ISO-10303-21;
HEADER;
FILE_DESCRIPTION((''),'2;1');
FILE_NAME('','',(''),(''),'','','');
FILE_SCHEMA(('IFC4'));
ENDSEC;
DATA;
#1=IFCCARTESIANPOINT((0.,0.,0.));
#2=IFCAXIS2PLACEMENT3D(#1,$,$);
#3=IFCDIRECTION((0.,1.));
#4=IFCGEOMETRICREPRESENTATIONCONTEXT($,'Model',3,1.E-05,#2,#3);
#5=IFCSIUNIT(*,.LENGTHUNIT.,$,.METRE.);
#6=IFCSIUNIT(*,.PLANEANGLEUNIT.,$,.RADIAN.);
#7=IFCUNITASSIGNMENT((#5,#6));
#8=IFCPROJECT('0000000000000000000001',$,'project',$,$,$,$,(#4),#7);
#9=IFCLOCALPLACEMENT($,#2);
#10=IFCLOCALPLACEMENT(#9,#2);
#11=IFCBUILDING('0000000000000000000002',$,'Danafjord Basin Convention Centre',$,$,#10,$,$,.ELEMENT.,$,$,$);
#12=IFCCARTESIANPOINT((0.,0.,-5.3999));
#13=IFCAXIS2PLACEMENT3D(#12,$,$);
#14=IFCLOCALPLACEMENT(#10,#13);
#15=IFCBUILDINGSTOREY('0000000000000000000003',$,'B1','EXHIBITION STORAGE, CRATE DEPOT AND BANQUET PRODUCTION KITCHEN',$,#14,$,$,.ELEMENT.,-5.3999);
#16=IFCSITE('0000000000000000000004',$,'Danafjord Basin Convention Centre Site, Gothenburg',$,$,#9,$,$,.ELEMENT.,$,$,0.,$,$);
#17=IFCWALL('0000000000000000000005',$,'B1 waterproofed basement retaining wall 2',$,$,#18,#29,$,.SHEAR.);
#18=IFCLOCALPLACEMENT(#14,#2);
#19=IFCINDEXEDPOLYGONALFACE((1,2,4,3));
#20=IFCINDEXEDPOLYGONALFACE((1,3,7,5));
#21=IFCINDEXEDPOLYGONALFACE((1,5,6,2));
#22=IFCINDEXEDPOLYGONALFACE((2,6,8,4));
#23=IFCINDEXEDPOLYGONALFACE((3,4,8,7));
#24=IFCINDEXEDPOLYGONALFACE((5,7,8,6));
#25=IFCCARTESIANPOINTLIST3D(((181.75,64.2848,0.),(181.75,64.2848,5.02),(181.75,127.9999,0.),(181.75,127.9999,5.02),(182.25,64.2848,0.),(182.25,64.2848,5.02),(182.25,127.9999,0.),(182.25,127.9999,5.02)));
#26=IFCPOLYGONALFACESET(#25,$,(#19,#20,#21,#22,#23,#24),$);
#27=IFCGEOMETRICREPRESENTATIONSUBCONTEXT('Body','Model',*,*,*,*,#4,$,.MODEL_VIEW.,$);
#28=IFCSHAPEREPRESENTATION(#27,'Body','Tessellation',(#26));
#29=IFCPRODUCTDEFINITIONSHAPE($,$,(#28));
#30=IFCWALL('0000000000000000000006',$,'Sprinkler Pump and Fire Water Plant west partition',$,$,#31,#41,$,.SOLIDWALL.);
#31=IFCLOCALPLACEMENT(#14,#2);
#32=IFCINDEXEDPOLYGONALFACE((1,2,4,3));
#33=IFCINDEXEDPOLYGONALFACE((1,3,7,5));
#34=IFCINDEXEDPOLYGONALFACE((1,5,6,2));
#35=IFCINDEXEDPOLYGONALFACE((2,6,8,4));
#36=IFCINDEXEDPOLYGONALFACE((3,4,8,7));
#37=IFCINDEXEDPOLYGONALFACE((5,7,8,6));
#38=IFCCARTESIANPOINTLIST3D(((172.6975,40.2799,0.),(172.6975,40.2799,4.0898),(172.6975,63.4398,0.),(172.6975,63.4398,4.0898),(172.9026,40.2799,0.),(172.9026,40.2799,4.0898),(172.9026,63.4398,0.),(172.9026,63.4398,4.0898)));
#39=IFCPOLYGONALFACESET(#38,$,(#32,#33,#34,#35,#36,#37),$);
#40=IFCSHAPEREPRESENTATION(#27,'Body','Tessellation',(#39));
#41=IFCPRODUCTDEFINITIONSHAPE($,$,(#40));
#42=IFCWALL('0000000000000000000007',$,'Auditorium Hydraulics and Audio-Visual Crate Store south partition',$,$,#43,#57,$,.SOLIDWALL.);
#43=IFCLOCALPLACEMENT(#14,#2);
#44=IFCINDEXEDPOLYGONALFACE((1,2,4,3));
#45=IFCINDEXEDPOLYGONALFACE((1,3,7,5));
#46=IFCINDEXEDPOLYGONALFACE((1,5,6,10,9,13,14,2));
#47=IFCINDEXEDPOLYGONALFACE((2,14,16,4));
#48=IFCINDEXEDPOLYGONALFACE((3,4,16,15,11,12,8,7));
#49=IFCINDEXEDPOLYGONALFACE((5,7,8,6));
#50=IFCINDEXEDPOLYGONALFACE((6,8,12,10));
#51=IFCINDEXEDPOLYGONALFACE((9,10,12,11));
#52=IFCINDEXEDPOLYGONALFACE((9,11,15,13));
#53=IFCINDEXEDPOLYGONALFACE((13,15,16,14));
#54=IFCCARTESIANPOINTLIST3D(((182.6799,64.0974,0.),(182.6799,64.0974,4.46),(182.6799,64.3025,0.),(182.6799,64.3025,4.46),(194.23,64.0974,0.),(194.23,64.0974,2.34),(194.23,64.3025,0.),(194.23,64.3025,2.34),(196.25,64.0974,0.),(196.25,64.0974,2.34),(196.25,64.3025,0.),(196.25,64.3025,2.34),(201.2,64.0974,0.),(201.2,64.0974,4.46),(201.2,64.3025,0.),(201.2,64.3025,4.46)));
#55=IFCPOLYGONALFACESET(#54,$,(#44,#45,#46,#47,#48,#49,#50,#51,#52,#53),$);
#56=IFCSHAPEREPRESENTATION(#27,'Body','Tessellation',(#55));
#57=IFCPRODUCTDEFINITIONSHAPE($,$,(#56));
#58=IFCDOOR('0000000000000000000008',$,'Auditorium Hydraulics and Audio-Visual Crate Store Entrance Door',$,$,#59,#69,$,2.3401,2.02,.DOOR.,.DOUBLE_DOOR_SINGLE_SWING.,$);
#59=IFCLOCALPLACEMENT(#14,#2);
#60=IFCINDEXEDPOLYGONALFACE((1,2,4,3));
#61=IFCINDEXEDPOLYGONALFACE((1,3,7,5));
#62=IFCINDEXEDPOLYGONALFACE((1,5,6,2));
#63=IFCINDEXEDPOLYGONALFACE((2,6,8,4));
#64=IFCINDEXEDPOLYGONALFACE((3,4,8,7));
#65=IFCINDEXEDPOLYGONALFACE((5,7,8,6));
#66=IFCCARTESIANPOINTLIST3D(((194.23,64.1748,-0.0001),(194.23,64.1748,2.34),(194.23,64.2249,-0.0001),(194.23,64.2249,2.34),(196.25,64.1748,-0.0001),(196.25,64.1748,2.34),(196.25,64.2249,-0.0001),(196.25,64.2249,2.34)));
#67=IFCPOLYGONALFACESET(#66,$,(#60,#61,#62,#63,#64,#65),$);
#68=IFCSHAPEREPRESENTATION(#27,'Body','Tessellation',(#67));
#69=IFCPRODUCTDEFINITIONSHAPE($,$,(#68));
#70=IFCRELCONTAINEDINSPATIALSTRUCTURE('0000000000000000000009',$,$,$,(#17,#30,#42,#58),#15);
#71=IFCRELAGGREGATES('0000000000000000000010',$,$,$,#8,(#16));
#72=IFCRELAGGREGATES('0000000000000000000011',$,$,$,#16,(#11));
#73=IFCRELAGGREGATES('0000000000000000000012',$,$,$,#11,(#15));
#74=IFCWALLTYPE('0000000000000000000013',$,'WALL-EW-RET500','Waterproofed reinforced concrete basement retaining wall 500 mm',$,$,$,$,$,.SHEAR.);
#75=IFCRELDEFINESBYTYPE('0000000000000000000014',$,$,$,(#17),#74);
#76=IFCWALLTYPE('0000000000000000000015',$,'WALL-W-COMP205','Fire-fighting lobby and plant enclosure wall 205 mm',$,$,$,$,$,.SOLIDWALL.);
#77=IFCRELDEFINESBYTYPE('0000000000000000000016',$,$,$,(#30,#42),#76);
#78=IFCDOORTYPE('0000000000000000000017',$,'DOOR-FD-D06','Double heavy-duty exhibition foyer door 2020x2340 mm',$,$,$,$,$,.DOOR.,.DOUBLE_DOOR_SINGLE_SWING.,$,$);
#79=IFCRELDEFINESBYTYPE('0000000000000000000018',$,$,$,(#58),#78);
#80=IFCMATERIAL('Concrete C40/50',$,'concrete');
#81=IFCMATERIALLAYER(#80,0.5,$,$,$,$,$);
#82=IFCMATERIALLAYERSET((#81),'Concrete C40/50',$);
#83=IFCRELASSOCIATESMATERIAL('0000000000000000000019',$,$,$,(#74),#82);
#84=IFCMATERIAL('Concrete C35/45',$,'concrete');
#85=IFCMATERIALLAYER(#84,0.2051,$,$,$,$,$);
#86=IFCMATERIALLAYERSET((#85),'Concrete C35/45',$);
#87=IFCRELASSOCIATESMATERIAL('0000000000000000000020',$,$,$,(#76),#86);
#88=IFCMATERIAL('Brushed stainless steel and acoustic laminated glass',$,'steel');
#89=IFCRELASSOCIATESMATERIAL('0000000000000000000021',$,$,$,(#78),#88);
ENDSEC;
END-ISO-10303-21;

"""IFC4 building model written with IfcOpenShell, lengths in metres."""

from ifc_helpers import new_model, si_unit, direction, frame, frame_2d, origin, place, context, subcontext, project, spatial, rectangle, extrude, material, layer, layer_set, type_object, element, fill, save


model = new_model("IFC4")

# Units and contexts
model_context = context("Model", 3, precision=1e-05, world=origin(), true_north=direction((0.0, 1.0)))
body_context = subcontext(model_context, "Body", "Model", "MODEL_VIEW")
ifc_project = project(units=[si_unit("LENGTHUNIT", "METRE"), si_unit("PLANEANGLEUNIT", "RADIAN")], contexts=[model_context])

# Site, building, storey
site_placement = place(None, origin())
site = spatial("IfcSite", under=ifc_project, at=site_placement, Name="Danafjord Basin Convention Centre Site, Gothenburg", CompositionType="ELEMENT", RefElevation=0.0)
building_placement = place(site_placement, origin())
building = spatial("IfcBuilding", under=site, at=building_placement, Name="Danafjord Basin Convention Centre", CompositionType="ELEMENT")
storey_placement = place(building_placement, frame((0.0, 0.0, -5.3999)))
storey = spatial("IfcBuildingStorey", under=building, at=storey_placement, Name="B1", Description="EXHIBITION STORAGE, CRATE DEPOT AND BANQUET PRODUCTION KITCHEN", CompositionType="ELEMENT", Elevation=-5.3999)

# Shared definitions
ifc_material_1 = material(Name="Concrete C40/50", Category="concrete")
ifc_material_2 = material(Name="Concrete C35/45", Category="concrete")

# Walls
ifc_layer_1 = layer(ifc_material_1, 0.5)
ifc_layer_set_1 = layer_set([ifc_layer_1], Name="Concrete C40/50")
wall_type_1 = type_object("IfcWallType", Name="WALL-EW-RET500", Description="Waterproofed reinforced concrete basement retaining wall 500 mm", PredefinedType="SHEAR", material=ifc_layer_set_1)
wall_1_placement = place(storey_placement, frame((182.0, 64.2849, 0.0), z_axis=(0.0, 0.0, 1.0), x_axis=(0.0, 1.0, 0.0)))
element("IfcWall", 1, at=wall_1_placement, inside=storey, type_object=wall_type_1, Name="B1 waterproofed basement retaining wall 2", PredefinedType="SHEAR", context=body_context, shape_type="SweptSolid", body=[
    extrude(rectangle(XDim=63.7151, YDim=0.5, at=frame_2d((31.8574, 0.0))), origin(), (0.0, 0.0, 1.0), 5.02),
])
ifc_layer_2 = layer(ifc_material_2, 0.2051)
ifc_layer_set_2 = layer_set([ifc_layer_2], Name="Concrete C35/45")
wall_type_2 = type_object("IfcWallType", Name="WALL-W-COMP205", Description="Fire-fighting lobby and plant enclosure wall 205 mm", PredefinedType="SOLIDWALL", material=ifc_layer_set_2)
wall_2_placement = place(storey_placement, frame((172.8, 63.4399, 0.0), z_axis=(0.0, 0.0, 1.0), x_axis=(0.0, -1.0, 0.0)))
element("IfcWall", 2, at=wall_2_placement, inside=storey, type_object=wall_type_2, Name="Sprinkler Pump and Fire Water Plant west partition", PredefinedType="SOLIDWALL", context=body_context, shape_type="SweptSolid", body=[
    extrude(rectangle(XDim=23.1599, YDim=0.2051, at=frame_2d((11.5801, 0.0))), origin(), (0.0, 0.0, 1.0), 4.0898),
])

# Wall, opening, door
wall_3_placement = place(storey_placement, frame((182.6799, 64.2, 0.0), z_axis=(0.0, 0.0, 1.0), x_axis=(1.0, 0.0, 0.0)))
wall_3 = element("IfcWall", 3, at=wall_3_placement, inside=storey, type_object=wall_type_2, Name="Auditorium Hydraulics and Audio-Visual Crate Store south partition", PredefinedType="SOLIDWALL", context=body_context, shape_type="SweptSolid", body=[
    extrude(rectangle(XDim=18.52, YDim=0.2051, at=frame_2d((9.26, 0.0))), origin(), (0.0, 0.0, 1.0), 4.46),
])
opening_placement = place(wall_3_placement, frame((11.55, 0.0, 0.0)))
opening = element("IfcOpeningElement", 4, at=opening_placement, cuts=wall_3, PredefinedType="OPENING", context=body_context, shape_type="SweptSolid", body=[
    extrude(rectangle(XDim=2.02, YDim=2.3401, at=frame_2d((1.01, 1.1699))), frame((0.0, 0.1125, 0.0), z_axis=(0.0, -1.0, 0.0), x_axis=(1.0, 0.0, 0.0)), (0.0, 0.0, 1.0), 0.2251),
])
ifc_material_3 = material(Name="Brushed stainless steel and acoustic laminated glass", Category="steel")
door_type = type_object("IfcDoorType", Name="DOOR-FD-D06", Description="Double heavy-duty exhibition foyer door 2020x2340 mm", OperationType="DOUBLE_DOOR_SINGLE_SWING", PredefinedType="DOOR", material=ifc_material_3)
door_placement = place(opening_placement, origin())
door = element("IfcDoor", 5, at=door_placement, inside=storey, type_object=door_type, Name="Auditorium Hydraulics and Audio-Visual Crate Store Entrance Door", OperationType="DOUBLE_DOOR_SINGLE_SWING", OverallHeight=2.3401, OverallWidth=2.02, PredefinedType="DOOR", context=body_context, shape_type="SweptSolid", body=[
    extrude(rectangle(XDim=2.02, YDim=2.3401, at=frame_2d((1.01, 1.1699))), frame((0.0, 0.0249, 0.0), z_axis=(0.0, -1.0, 0.0), x_axis=(1.0, 0.0, 0.0)), (0.0, 0.0, 1.0), 0.05),
])
fill(opening, door)

save(model, "model.ifc")
